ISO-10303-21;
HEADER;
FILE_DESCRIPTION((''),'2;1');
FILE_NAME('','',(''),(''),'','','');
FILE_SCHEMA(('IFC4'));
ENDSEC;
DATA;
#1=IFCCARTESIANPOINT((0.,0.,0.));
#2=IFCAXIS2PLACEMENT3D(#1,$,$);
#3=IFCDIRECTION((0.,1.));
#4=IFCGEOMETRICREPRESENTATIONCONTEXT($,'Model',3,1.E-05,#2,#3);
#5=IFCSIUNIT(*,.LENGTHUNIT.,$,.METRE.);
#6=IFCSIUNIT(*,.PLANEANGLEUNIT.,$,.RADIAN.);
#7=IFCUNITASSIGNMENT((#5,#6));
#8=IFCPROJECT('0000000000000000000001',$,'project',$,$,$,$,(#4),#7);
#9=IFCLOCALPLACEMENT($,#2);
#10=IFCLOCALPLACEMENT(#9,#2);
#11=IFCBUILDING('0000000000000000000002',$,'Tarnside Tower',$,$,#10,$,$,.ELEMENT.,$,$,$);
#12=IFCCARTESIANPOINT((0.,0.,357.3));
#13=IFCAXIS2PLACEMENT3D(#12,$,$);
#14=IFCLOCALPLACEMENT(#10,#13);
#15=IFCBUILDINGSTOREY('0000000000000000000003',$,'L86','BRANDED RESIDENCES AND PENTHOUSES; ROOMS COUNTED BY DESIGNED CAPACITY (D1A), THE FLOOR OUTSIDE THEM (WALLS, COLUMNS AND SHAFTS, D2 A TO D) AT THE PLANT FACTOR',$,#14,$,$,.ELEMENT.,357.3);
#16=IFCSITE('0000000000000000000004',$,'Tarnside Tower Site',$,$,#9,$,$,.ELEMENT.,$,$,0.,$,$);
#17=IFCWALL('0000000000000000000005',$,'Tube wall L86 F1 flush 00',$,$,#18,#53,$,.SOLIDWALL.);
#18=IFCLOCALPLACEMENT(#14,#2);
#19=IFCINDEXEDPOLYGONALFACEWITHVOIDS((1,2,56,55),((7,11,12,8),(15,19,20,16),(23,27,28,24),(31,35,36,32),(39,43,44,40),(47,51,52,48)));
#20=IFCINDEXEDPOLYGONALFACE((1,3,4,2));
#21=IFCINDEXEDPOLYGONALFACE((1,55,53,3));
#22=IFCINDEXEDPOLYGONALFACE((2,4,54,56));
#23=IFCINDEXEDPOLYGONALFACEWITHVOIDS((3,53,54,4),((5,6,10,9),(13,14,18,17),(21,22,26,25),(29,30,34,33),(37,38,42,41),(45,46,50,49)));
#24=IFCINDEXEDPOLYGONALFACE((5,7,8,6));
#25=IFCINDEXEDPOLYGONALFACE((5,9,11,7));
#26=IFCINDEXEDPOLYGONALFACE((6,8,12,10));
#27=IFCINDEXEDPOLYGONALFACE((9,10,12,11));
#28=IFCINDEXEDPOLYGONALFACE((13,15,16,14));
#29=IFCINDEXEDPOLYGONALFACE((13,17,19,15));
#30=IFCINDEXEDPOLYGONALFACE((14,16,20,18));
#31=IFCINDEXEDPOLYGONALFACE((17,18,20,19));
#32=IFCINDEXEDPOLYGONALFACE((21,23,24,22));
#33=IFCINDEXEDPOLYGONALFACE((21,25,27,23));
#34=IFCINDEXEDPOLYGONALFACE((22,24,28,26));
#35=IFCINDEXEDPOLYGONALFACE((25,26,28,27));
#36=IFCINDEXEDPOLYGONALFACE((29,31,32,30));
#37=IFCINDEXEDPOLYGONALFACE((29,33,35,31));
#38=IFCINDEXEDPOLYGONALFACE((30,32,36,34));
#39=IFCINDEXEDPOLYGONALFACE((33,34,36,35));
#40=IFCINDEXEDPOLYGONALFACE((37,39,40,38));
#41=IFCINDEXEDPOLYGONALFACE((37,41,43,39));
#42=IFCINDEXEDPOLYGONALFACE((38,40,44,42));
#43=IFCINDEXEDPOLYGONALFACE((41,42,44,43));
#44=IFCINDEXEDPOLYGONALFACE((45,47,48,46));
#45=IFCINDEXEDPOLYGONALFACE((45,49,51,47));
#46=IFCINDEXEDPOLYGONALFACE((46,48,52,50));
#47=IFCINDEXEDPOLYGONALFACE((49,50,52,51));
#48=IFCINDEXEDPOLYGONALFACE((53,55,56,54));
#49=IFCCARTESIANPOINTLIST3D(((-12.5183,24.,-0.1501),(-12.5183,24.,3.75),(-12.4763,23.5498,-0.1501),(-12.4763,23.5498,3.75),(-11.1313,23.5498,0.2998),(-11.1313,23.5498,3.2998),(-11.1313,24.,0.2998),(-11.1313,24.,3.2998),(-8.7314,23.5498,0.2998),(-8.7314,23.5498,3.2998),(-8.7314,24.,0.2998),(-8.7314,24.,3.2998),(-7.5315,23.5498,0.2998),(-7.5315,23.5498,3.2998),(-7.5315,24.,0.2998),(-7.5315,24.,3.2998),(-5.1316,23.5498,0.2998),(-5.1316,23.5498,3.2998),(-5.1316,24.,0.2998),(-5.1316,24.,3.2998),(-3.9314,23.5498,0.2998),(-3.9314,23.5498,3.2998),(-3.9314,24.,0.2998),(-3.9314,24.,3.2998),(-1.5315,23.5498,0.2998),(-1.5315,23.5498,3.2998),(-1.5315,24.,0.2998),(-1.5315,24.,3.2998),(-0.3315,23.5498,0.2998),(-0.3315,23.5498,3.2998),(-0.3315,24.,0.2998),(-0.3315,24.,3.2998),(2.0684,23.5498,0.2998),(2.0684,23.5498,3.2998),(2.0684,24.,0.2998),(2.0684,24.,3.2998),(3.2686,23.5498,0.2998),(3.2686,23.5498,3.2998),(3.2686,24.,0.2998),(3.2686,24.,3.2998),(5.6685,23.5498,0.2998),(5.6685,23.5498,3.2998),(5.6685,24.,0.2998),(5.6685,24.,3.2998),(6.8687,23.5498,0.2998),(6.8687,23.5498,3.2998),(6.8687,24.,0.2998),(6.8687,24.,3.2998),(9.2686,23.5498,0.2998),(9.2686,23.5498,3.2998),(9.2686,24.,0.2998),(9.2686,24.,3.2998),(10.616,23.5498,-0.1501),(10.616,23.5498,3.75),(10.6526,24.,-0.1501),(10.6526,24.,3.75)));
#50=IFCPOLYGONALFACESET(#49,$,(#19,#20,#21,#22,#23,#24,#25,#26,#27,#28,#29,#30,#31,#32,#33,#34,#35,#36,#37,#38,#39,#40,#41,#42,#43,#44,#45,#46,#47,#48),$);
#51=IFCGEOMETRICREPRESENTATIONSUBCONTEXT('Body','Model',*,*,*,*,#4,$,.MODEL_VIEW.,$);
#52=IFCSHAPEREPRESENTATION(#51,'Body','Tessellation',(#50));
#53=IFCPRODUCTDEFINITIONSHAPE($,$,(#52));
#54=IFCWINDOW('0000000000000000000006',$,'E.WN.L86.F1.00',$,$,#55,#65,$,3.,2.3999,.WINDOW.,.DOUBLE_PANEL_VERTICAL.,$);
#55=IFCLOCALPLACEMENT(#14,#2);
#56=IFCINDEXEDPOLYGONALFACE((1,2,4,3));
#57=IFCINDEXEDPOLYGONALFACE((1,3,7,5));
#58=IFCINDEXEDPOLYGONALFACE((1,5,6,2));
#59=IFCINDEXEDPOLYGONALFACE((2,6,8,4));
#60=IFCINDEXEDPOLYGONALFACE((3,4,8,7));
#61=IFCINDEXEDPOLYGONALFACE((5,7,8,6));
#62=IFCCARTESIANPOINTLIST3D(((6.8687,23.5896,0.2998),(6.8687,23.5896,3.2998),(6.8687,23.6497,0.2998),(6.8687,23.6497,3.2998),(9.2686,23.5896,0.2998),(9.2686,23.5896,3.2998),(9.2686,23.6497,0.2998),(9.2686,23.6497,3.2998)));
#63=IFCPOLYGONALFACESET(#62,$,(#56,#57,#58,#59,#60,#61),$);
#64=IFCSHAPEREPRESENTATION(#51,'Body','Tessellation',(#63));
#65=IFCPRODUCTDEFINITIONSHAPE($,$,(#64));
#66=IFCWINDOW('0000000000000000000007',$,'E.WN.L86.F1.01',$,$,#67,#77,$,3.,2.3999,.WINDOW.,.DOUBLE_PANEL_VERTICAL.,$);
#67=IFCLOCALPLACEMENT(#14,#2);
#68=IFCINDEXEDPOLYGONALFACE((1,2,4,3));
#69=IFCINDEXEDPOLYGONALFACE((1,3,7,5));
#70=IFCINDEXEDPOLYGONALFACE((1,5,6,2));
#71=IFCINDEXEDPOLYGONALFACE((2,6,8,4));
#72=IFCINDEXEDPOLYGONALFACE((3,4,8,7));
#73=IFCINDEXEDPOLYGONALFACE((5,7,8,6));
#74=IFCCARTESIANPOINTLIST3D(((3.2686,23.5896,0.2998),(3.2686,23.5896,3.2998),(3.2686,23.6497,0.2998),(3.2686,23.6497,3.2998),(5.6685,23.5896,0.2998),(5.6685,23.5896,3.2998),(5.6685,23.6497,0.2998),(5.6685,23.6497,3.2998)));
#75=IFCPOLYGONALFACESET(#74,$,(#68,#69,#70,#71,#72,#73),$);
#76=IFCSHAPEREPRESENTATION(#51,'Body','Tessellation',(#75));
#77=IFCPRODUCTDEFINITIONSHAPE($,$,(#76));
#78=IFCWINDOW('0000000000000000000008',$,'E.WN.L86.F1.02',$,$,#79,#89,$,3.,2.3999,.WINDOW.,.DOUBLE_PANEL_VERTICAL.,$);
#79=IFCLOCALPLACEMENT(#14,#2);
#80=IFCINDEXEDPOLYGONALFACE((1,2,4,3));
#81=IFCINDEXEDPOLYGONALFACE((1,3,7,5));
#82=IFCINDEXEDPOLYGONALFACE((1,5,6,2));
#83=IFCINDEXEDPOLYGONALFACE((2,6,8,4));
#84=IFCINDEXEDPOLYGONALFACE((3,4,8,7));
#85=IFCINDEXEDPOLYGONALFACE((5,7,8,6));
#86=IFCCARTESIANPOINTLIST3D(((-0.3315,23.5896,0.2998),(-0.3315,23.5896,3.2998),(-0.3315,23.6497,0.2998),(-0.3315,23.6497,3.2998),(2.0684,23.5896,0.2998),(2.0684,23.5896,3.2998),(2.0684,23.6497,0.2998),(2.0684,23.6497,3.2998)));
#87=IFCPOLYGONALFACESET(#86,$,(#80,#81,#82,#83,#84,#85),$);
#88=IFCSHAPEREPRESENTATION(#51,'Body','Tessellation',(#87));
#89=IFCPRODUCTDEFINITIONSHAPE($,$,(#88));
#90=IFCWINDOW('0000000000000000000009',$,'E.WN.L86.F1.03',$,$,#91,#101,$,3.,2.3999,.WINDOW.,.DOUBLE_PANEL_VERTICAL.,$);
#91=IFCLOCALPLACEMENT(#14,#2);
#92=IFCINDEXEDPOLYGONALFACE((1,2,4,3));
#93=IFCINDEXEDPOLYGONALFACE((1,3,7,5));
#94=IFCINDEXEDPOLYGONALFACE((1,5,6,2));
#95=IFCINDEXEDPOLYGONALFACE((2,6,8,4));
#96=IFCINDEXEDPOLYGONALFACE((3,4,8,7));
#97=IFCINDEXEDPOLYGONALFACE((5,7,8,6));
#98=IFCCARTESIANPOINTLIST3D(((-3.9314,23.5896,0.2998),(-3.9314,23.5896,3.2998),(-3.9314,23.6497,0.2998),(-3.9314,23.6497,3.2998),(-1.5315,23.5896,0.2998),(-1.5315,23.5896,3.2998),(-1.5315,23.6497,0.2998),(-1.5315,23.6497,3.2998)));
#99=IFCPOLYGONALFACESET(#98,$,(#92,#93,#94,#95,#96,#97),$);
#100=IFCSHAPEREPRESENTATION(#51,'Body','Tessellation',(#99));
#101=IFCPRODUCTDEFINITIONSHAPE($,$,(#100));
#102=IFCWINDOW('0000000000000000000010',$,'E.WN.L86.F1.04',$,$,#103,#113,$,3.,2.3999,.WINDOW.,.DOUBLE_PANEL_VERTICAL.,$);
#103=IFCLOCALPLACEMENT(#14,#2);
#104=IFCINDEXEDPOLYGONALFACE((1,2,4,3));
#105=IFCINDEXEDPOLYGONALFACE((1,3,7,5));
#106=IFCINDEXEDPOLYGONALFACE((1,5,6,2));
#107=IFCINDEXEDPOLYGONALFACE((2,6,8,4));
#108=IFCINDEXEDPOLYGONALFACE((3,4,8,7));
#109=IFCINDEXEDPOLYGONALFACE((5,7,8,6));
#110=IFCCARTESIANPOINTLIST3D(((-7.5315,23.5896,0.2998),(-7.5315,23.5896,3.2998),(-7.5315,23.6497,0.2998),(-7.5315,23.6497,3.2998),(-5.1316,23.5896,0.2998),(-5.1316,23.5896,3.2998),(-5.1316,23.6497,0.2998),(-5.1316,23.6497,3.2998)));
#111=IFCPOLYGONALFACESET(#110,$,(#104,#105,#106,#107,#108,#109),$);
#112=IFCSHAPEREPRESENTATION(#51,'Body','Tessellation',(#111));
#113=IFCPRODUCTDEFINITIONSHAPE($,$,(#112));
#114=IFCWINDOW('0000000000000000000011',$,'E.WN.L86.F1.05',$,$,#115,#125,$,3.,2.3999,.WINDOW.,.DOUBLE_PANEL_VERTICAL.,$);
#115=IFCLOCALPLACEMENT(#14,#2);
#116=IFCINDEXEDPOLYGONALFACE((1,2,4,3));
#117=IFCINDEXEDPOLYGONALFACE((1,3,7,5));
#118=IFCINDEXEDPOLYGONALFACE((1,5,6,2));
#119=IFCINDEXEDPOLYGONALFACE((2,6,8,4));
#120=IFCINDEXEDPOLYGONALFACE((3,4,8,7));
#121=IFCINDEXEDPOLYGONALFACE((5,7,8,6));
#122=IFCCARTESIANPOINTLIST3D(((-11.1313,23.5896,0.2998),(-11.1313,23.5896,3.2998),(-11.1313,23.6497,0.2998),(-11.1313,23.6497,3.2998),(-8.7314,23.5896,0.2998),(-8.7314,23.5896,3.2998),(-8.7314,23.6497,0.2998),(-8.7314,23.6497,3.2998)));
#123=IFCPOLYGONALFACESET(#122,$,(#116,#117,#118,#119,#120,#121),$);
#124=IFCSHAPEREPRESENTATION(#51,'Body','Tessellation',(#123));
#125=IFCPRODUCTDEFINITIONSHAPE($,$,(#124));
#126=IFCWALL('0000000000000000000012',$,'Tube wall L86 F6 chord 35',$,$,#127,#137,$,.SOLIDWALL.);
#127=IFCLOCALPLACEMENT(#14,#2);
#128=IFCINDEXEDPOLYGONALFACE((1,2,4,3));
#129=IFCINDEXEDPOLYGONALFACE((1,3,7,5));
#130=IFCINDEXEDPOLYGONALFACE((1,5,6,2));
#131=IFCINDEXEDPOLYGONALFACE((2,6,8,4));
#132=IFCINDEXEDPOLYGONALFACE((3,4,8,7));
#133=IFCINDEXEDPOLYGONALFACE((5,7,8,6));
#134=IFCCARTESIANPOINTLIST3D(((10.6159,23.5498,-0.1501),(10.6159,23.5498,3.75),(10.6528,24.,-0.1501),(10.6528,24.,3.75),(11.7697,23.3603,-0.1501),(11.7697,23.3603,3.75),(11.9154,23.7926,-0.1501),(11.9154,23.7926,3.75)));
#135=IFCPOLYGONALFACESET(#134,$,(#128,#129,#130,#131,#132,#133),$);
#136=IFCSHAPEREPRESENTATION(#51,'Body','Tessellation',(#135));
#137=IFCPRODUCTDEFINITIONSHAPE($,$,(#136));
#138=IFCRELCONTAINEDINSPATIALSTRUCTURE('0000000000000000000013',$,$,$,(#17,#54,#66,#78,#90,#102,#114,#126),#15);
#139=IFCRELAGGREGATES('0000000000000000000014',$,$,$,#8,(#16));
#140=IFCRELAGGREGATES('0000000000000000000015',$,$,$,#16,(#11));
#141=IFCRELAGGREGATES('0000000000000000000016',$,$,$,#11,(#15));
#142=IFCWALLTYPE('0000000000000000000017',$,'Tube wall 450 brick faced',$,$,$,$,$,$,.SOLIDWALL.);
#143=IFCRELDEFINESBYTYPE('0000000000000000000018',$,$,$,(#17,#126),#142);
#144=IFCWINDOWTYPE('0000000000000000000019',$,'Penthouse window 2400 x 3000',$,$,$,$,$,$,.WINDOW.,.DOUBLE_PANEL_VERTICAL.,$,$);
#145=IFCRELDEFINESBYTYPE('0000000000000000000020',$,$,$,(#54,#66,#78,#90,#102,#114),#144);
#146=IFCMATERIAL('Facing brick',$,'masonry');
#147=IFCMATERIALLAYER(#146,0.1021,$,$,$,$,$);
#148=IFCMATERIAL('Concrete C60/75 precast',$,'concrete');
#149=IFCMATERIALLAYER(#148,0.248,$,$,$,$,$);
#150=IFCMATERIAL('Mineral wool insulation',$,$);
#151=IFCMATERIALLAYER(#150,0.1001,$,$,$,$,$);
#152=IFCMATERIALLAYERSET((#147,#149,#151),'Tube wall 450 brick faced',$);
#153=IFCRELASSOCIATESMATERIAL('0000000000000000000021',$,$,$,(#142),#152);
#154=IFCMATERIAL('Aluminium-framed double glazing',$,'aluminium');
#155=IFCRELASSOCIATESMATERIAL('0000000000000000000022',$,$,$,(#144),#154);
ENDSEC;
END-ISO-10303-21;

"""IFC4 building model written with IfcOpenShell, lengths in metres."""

from ifc_helpers import new_model, si_unit, direction, frame, frame_2d, origin, place, context, subcontext, project, spatial, polyline, rectangle, outline, extrude, material, layer, layer_set, type_object, element, fill, save


model = new_model("IFC4")

# Units and contexts
model_context = context("Model", 3, precision=1e-05, world=origin(), true_north=direction((0.0, 1.0)))
body_context = subcontext(model_context, "Body", "Model", "MODEL_VIEW")
ifc_project = project(units=[si_unit("LENGTHUNIT", "METRE"), si_unit("PLANEANGLEUNIT", "RADIAN")], contexts=[model_context])

# Site, building, storey
site_placement = place(None, origin())
site = spatial("IfcSite", under=ifc_project, at=site_placement, Name="Tarnside Tower Site", CompositionType="ELEMENT", RefElevation=0.0)
building_placement = place(site_placement, origin())
building = spatial("IfcBuilding", under=site, at=building_placement, Name="Tarnside Tower", CompositionType="ELEMENT")
storey_placement = place(building_placement, frame((0.0, 0.0, 357.3)))
storey = spatial("IfcBuildingStorey", under=building, at=storey_placement, Name="L86", Description="BRANDED RESIDENCES AND PENTHOUSES; ROOMS COUNTED BY DESIGNED CAPACITY (D1A), THE FLOOR OUTSIDE THEM (WALLS, COLUMNS AND SHAFTS, D2 A TO D) AT THE PLANT FACTOR", CompositionType="ELEMENT", Elevation=357.3)

# Wall, openings, windows
ifc_material_1 = material(Name="Facing brick", Category="masonry")
ifc_layer_1 = layer(ifc_material_1, 0.1021)
ifc_material_2 = material(Name="Concrete C60/75 precast", Category="concrete")
ifc_layer_2 = layer(ifc_material_2, 0.248)
ifc_material_3 = material(Name="Mineral wool insulation")
ifc_layer_3 = layer(ifc_material_3, 0.1001)
ifc_layer_set_1 = layer_set([ifc_layer_1, ifc_layer_2, ifc_layer_3], Name="Tube wall 450 brick faced")
wall_type_1 = type_object("IfcWallType", Name="Tube wall 450 brick faced", PredefinedType="SOLIDWALL", material=ifc_layer_set_1)
wall_1_placement = place(storey_placement, frame((10.6343, 23.7749, -0.1501), z_axis=(0.0, 0.0, 1.0), x_axis=(-1.0, 0.0, 0.0)))
wall_1 = element("IfcWall", 1, at=wall_1_placement, inside=storey, type_object=wall_type_1, Name="Tube wall L86 F1 flush 00", PredefinedType="SOLIDWALL", context=body_context, shape_type="SweptSolid", body=[
    extrude(outline(polyline([(-0.0183, -0.2251), (23.1526, -0.2251), (23.1106, 0.2251), (0.0183, 0.2251), (-0.0183, -0.2251)])), origin(), (0.0, 0.0, 1.0), 3.9001),
])
opening_1_placement = place(wall_1_placement, frame((1.3657, 0.0, 0.45)))
opening_1 = element("IfcOpeningElement", 2, at=opening_1_placement, cuts=wall_1, PredefinedType="OPENING", context=body_context, shape_type="SweptSolid", body=[
    extrude(rectangle(XDim=2.3999, YDim=3.0, at=frame_2d((1.2, 1.5))), frame((0.0, 0.2349, 0.0), z_axis=(0.0, -1.0, 0.0), x_axis=(1.0, 0.0, 0.0)), (0.0, 0.0, 1.0), 0.47),
])
opening_2_placement = place(wall_1_placement, frame((4.9658, 0.0, 0.45)))
opening_2 = element("IfcOpeningElement", 3, at=opening_2_placement, cuts=wall_1, PredefinedType="OPENING", context=body_context, shape_type="SweptSolid", body=[
    extrude(rectangle(XDim=2.3999, YDim=3.0, at=frame_2d((1.2, 1.5))), frame((0.0, 0.2349, 0.0), z_axis=(0.0, -1.0, 0.0), x_axis=(1.0, 0.0, 0.0)), (0.0, 0.0, 1.0), 0.47),
])
opening_3_placement = place(wall_1_placement, frame((8.5659, 0.0, 0.45)))
opening_3 = element("IfcOpeningElement", 4, at=opening_3_placement, cuts=wall_1, PredefinedType="OPENING", context=body_context, shape_type="SweptSolid", body=[
    extrude(rectangle(XDim=2.3999, YDim=3.0, at=frame_2d((1.2, 1.5))), frame((0.0, 0.2349, 0.0), z_axis=(0.0, -1.0, 0.0), x_axis=(1.0, 0.0, 0.0)), (0.0, 0.0, 1.0), 0.47),
])
opening_4_placement = place(wall_1_placement, frame((12.1658, 0.0, 0.45)))
opening_4 = element("IfcOpeningElement", 5, at=opening_4_placement, cuts=wall_1, PredefinedType="OPENING", context=body_context, shape_type="SweptSolid", body=[
    extrude(rectangle(XDim=2.3999, YDim=3.0, at=frame_2d((1.2, 1.5))), frame((0.0, 0.2349, 0.0), z_axis=(0.0, -1.0, 0.0), x_axis=(1.0, 0.0, 0.0)), (0.0, 0.0, 1.0), 0.47),
])
opening_5_placement = place(wall_1_placement, frame((15.7659, 0.0, 0.45)))
opening_5 = element("IfcOpeningElement", 6, at=opening_5_placement, cuts=wall_1, PredefinedType="OPENING", context=body_context, shape_type="SweptSolid", body=[
    extrude(rectangle(XDim=2.3999, YDim=3.0, at=frame_2d((1.2, 1.5))), frame((0.0, 0.2349, 0.0), z_axis=(0.0, -1.0, 0.0), x_axis=(1.0, 0.0, 0.0)), (0.0, 0.0, 1.0), 0.47),
])
opening_6_placement = place(wall_1_placement, frame((19.3657, 0.0, 0.45)))
opening_6 = element("IfcOpeningElement", 7, at=opening_6_placement, cuts=wall_1, PredefinedType="OPENING", context=body_context, shape_type="SweptSolid", body=[
    extrude(rectangle(XDim=2.3999, YDim=3.0, at=frame_2d((1.2, 1.5))), frame((0.0, 0.2349, 0.0), z_axis=(0.0, -1.0, 0.0), x_axis=(1.0, 0.0, 0.0)), (0.0, 0.0, 1.0), 0.47),
])
ifc_material_4 = material(Name="Aluminium-framed double glazing", Category="aluminium")
window_type = type_object("IfcWindowType", Name="Penthouse window 2400 x 3000", PartitioningType="DOUBLE_PANEL_VERTICAL", PredefinedType="WINDOW", material=ifc_material_4)
window_1_placement = place(opening_1_placement, frame((0.0, 0.1553, 0.0)))
window_1 = element("IfcWindow", 8, at=window_1_placement, inside=storey, type_object=window_type, Name="E.WN.L86.F1.00", OverallHeight=3.0, OverallWidth=2.3999, PartitioningType="DOUBLE_PANEL_VERTICAL", PredefinedType="WINDOW", context=body_context, shape_type="SweptSolid", body=[
    extrude(rectangle(XDim=2.3999, YDim=3.0, at=frame_2d((1.2, 1.5))), frame((0.0, 0.03, 0.0), z_axis=(0.0, -1.0, 0.0), x_axis=(1.0, 0.0, 0.0)), (0.0, 0.0, 1.0), 0.0601),
])
fill(opening_1, window_1)
window_2_placement = place(opening_2_placement, frame((0.0, 0.1553, 0.0)))
window_2 = element("IfcWindow", 9, at=window_2_placement, inside=storey, type_object=window_type, Name="E.WN.L86.F1.01", OverallHeight=3.0, OverallWidth=2.3999, PartitioningType="DOUBLE_PANEL_VERTICAL", PredefinedType="WINDOW", context=body_context, shape_type="SweptSolid", body=[
    extrude(rectangle(XDim=2.3999, YDim=3.0, at=frame_2d((1.2, 1.5))), frame((0.0, 0.03, 0.0), z_axis=(0.0, -1.0, 0.0), x_axis=(1.0, 0.0, 0.0)), (0.0, 0.0, 1.0), 0.0601),
])
fill(opening_2, window_2)
window_3_placement = place(opening_3_placement, frame((0.0, 0.1553, 0.0)))
window_3 = element("IfcWindow", 10, at=window_3_placement, inside=storey, type_object=window_type, Name="E.WN.L86.F1.02", OverallHeight=3.0, OverallWidth=2.3999, PartitioningType="DOUBLE_PANEL_VERTICAL", PredefinedType="WINDOW", context=body_context, shape_type="SweptSolid", body=[
    extrude(rectangle(XDim=2.3999, YDim=3.0, at=frame_2d((1.2, 1.5))), frame((0.0, 0.03, 0.0), z_axis=(0.0, -1.0, 0.0), x_axis=(1.0, 0.0, 0.0)), (0.0, 0.0, 1.0), 0.0601),
])
fill(opening_3, window_3)
window_4_placement = place(opening_4_placement, frame((0.0, 0.1553, 0.0)))
window_4 = element("IfcWindow", 11, at=window_4_placement, inside=storey, type_object=window_type, Name="E.WN.L86.F1.03", OverallHeight=3.0, OverallWidth=2.3999, PartitioningType="DOUBLE_PANEL_VERTICAL", PredefinedType="WINDOW", context=body_context, shape_type="SweptSolid", body=[
    extrude(rectangle(XDim=2.3999, YDim=3.0, at=frame_2d((1.2, 1.5))), frame((0.0, 0.03, 0.0), z_axis=(0.0, -1.0, 0.0), x_axis=(1.0, 0.0, 0.0)), (0.0, 0.0, 1.0), 0.0601),
])
fill(opening_4, window_4)
window_5_placement = place(opening_5_placement, frame((0.0, 0.1553, 0.0)))
window_5 = element("IfcWindow", 12, at=window_5_placement, inside=storey, type_object=window_type, Name="E.WN.L86.F1.04", OverallHeight=3.0, OverallWidth=2.3999, PartitioningType="DOUBLE_PANEL_VERTICAL", PredefinedType="WINDOW", context=body_context, shape_type="SweptSolid", body=[
    extrude(rectangle(XDim=2.3999, YDim=3.0, at=frame_2d((1.2, 1.5))), frame((0.0, 0.03, 0.0), z_axis=(0.0, -1.0, 0.0), x_axis=(1.0, 0.0, 0.0)), (0.0, 0.0, 1.0), 0.0601),
])
fill(opening_5, window_5)
window_6_placement = place(opening_6_placement, frame((0.0, 0.1553, 0.0)))
window_6 = element("IfcWindow", 13, at=window_6_placement, inside=storey, type_object=window_type, Name="E.WN.L86.F1.05", OverallHeight=3.0, OverallWidth=2.3999, PartitioningType="DOUBLE_PANEL_VERTICAL", PredefinedType="WINDOW", context=body_context, shape_type="SweptSolid", body=[
    extrude(rectangle(XDim=2.3999, YDim=3.0, at=frame_2d((1.2, 1.5))), frame((0.0, 0.03, 0.0), z_axis=(0.0, -1.0, 0.0), x_axis=(1.0, 0.0, 0.0)), (0.0, 0.0, 1.0), 0.0601),
])
fill(opening_6, window_6)

# Wall
wall_2_placement = place(storey_placement, frame((11.8425, 23.5764, -0.1501), z_axis=(0.0, 0.0, 1.0), x_axis=(-0.986774, 0.162103, 0.0)))
element("IfcWall", 14, at=wall_2_placement, inside=storey, type_object=wall_type_1, Name="Tube wall L86 F6 chord 35", PredefinedType="SOLIDWALL", context=body_context, shape_type="SweptSolid", body=[
    extrude(outline(polyline([(-0.0369, -0.2251), (1.2427, -0.2251), (1.2061, 0.2251), (0.0369, 0.2251), (-0.0369, -0.2251)])), origin(), (0.0, 0.0, 1.0), 3.9001),
])

save(model, "model.ifc")
